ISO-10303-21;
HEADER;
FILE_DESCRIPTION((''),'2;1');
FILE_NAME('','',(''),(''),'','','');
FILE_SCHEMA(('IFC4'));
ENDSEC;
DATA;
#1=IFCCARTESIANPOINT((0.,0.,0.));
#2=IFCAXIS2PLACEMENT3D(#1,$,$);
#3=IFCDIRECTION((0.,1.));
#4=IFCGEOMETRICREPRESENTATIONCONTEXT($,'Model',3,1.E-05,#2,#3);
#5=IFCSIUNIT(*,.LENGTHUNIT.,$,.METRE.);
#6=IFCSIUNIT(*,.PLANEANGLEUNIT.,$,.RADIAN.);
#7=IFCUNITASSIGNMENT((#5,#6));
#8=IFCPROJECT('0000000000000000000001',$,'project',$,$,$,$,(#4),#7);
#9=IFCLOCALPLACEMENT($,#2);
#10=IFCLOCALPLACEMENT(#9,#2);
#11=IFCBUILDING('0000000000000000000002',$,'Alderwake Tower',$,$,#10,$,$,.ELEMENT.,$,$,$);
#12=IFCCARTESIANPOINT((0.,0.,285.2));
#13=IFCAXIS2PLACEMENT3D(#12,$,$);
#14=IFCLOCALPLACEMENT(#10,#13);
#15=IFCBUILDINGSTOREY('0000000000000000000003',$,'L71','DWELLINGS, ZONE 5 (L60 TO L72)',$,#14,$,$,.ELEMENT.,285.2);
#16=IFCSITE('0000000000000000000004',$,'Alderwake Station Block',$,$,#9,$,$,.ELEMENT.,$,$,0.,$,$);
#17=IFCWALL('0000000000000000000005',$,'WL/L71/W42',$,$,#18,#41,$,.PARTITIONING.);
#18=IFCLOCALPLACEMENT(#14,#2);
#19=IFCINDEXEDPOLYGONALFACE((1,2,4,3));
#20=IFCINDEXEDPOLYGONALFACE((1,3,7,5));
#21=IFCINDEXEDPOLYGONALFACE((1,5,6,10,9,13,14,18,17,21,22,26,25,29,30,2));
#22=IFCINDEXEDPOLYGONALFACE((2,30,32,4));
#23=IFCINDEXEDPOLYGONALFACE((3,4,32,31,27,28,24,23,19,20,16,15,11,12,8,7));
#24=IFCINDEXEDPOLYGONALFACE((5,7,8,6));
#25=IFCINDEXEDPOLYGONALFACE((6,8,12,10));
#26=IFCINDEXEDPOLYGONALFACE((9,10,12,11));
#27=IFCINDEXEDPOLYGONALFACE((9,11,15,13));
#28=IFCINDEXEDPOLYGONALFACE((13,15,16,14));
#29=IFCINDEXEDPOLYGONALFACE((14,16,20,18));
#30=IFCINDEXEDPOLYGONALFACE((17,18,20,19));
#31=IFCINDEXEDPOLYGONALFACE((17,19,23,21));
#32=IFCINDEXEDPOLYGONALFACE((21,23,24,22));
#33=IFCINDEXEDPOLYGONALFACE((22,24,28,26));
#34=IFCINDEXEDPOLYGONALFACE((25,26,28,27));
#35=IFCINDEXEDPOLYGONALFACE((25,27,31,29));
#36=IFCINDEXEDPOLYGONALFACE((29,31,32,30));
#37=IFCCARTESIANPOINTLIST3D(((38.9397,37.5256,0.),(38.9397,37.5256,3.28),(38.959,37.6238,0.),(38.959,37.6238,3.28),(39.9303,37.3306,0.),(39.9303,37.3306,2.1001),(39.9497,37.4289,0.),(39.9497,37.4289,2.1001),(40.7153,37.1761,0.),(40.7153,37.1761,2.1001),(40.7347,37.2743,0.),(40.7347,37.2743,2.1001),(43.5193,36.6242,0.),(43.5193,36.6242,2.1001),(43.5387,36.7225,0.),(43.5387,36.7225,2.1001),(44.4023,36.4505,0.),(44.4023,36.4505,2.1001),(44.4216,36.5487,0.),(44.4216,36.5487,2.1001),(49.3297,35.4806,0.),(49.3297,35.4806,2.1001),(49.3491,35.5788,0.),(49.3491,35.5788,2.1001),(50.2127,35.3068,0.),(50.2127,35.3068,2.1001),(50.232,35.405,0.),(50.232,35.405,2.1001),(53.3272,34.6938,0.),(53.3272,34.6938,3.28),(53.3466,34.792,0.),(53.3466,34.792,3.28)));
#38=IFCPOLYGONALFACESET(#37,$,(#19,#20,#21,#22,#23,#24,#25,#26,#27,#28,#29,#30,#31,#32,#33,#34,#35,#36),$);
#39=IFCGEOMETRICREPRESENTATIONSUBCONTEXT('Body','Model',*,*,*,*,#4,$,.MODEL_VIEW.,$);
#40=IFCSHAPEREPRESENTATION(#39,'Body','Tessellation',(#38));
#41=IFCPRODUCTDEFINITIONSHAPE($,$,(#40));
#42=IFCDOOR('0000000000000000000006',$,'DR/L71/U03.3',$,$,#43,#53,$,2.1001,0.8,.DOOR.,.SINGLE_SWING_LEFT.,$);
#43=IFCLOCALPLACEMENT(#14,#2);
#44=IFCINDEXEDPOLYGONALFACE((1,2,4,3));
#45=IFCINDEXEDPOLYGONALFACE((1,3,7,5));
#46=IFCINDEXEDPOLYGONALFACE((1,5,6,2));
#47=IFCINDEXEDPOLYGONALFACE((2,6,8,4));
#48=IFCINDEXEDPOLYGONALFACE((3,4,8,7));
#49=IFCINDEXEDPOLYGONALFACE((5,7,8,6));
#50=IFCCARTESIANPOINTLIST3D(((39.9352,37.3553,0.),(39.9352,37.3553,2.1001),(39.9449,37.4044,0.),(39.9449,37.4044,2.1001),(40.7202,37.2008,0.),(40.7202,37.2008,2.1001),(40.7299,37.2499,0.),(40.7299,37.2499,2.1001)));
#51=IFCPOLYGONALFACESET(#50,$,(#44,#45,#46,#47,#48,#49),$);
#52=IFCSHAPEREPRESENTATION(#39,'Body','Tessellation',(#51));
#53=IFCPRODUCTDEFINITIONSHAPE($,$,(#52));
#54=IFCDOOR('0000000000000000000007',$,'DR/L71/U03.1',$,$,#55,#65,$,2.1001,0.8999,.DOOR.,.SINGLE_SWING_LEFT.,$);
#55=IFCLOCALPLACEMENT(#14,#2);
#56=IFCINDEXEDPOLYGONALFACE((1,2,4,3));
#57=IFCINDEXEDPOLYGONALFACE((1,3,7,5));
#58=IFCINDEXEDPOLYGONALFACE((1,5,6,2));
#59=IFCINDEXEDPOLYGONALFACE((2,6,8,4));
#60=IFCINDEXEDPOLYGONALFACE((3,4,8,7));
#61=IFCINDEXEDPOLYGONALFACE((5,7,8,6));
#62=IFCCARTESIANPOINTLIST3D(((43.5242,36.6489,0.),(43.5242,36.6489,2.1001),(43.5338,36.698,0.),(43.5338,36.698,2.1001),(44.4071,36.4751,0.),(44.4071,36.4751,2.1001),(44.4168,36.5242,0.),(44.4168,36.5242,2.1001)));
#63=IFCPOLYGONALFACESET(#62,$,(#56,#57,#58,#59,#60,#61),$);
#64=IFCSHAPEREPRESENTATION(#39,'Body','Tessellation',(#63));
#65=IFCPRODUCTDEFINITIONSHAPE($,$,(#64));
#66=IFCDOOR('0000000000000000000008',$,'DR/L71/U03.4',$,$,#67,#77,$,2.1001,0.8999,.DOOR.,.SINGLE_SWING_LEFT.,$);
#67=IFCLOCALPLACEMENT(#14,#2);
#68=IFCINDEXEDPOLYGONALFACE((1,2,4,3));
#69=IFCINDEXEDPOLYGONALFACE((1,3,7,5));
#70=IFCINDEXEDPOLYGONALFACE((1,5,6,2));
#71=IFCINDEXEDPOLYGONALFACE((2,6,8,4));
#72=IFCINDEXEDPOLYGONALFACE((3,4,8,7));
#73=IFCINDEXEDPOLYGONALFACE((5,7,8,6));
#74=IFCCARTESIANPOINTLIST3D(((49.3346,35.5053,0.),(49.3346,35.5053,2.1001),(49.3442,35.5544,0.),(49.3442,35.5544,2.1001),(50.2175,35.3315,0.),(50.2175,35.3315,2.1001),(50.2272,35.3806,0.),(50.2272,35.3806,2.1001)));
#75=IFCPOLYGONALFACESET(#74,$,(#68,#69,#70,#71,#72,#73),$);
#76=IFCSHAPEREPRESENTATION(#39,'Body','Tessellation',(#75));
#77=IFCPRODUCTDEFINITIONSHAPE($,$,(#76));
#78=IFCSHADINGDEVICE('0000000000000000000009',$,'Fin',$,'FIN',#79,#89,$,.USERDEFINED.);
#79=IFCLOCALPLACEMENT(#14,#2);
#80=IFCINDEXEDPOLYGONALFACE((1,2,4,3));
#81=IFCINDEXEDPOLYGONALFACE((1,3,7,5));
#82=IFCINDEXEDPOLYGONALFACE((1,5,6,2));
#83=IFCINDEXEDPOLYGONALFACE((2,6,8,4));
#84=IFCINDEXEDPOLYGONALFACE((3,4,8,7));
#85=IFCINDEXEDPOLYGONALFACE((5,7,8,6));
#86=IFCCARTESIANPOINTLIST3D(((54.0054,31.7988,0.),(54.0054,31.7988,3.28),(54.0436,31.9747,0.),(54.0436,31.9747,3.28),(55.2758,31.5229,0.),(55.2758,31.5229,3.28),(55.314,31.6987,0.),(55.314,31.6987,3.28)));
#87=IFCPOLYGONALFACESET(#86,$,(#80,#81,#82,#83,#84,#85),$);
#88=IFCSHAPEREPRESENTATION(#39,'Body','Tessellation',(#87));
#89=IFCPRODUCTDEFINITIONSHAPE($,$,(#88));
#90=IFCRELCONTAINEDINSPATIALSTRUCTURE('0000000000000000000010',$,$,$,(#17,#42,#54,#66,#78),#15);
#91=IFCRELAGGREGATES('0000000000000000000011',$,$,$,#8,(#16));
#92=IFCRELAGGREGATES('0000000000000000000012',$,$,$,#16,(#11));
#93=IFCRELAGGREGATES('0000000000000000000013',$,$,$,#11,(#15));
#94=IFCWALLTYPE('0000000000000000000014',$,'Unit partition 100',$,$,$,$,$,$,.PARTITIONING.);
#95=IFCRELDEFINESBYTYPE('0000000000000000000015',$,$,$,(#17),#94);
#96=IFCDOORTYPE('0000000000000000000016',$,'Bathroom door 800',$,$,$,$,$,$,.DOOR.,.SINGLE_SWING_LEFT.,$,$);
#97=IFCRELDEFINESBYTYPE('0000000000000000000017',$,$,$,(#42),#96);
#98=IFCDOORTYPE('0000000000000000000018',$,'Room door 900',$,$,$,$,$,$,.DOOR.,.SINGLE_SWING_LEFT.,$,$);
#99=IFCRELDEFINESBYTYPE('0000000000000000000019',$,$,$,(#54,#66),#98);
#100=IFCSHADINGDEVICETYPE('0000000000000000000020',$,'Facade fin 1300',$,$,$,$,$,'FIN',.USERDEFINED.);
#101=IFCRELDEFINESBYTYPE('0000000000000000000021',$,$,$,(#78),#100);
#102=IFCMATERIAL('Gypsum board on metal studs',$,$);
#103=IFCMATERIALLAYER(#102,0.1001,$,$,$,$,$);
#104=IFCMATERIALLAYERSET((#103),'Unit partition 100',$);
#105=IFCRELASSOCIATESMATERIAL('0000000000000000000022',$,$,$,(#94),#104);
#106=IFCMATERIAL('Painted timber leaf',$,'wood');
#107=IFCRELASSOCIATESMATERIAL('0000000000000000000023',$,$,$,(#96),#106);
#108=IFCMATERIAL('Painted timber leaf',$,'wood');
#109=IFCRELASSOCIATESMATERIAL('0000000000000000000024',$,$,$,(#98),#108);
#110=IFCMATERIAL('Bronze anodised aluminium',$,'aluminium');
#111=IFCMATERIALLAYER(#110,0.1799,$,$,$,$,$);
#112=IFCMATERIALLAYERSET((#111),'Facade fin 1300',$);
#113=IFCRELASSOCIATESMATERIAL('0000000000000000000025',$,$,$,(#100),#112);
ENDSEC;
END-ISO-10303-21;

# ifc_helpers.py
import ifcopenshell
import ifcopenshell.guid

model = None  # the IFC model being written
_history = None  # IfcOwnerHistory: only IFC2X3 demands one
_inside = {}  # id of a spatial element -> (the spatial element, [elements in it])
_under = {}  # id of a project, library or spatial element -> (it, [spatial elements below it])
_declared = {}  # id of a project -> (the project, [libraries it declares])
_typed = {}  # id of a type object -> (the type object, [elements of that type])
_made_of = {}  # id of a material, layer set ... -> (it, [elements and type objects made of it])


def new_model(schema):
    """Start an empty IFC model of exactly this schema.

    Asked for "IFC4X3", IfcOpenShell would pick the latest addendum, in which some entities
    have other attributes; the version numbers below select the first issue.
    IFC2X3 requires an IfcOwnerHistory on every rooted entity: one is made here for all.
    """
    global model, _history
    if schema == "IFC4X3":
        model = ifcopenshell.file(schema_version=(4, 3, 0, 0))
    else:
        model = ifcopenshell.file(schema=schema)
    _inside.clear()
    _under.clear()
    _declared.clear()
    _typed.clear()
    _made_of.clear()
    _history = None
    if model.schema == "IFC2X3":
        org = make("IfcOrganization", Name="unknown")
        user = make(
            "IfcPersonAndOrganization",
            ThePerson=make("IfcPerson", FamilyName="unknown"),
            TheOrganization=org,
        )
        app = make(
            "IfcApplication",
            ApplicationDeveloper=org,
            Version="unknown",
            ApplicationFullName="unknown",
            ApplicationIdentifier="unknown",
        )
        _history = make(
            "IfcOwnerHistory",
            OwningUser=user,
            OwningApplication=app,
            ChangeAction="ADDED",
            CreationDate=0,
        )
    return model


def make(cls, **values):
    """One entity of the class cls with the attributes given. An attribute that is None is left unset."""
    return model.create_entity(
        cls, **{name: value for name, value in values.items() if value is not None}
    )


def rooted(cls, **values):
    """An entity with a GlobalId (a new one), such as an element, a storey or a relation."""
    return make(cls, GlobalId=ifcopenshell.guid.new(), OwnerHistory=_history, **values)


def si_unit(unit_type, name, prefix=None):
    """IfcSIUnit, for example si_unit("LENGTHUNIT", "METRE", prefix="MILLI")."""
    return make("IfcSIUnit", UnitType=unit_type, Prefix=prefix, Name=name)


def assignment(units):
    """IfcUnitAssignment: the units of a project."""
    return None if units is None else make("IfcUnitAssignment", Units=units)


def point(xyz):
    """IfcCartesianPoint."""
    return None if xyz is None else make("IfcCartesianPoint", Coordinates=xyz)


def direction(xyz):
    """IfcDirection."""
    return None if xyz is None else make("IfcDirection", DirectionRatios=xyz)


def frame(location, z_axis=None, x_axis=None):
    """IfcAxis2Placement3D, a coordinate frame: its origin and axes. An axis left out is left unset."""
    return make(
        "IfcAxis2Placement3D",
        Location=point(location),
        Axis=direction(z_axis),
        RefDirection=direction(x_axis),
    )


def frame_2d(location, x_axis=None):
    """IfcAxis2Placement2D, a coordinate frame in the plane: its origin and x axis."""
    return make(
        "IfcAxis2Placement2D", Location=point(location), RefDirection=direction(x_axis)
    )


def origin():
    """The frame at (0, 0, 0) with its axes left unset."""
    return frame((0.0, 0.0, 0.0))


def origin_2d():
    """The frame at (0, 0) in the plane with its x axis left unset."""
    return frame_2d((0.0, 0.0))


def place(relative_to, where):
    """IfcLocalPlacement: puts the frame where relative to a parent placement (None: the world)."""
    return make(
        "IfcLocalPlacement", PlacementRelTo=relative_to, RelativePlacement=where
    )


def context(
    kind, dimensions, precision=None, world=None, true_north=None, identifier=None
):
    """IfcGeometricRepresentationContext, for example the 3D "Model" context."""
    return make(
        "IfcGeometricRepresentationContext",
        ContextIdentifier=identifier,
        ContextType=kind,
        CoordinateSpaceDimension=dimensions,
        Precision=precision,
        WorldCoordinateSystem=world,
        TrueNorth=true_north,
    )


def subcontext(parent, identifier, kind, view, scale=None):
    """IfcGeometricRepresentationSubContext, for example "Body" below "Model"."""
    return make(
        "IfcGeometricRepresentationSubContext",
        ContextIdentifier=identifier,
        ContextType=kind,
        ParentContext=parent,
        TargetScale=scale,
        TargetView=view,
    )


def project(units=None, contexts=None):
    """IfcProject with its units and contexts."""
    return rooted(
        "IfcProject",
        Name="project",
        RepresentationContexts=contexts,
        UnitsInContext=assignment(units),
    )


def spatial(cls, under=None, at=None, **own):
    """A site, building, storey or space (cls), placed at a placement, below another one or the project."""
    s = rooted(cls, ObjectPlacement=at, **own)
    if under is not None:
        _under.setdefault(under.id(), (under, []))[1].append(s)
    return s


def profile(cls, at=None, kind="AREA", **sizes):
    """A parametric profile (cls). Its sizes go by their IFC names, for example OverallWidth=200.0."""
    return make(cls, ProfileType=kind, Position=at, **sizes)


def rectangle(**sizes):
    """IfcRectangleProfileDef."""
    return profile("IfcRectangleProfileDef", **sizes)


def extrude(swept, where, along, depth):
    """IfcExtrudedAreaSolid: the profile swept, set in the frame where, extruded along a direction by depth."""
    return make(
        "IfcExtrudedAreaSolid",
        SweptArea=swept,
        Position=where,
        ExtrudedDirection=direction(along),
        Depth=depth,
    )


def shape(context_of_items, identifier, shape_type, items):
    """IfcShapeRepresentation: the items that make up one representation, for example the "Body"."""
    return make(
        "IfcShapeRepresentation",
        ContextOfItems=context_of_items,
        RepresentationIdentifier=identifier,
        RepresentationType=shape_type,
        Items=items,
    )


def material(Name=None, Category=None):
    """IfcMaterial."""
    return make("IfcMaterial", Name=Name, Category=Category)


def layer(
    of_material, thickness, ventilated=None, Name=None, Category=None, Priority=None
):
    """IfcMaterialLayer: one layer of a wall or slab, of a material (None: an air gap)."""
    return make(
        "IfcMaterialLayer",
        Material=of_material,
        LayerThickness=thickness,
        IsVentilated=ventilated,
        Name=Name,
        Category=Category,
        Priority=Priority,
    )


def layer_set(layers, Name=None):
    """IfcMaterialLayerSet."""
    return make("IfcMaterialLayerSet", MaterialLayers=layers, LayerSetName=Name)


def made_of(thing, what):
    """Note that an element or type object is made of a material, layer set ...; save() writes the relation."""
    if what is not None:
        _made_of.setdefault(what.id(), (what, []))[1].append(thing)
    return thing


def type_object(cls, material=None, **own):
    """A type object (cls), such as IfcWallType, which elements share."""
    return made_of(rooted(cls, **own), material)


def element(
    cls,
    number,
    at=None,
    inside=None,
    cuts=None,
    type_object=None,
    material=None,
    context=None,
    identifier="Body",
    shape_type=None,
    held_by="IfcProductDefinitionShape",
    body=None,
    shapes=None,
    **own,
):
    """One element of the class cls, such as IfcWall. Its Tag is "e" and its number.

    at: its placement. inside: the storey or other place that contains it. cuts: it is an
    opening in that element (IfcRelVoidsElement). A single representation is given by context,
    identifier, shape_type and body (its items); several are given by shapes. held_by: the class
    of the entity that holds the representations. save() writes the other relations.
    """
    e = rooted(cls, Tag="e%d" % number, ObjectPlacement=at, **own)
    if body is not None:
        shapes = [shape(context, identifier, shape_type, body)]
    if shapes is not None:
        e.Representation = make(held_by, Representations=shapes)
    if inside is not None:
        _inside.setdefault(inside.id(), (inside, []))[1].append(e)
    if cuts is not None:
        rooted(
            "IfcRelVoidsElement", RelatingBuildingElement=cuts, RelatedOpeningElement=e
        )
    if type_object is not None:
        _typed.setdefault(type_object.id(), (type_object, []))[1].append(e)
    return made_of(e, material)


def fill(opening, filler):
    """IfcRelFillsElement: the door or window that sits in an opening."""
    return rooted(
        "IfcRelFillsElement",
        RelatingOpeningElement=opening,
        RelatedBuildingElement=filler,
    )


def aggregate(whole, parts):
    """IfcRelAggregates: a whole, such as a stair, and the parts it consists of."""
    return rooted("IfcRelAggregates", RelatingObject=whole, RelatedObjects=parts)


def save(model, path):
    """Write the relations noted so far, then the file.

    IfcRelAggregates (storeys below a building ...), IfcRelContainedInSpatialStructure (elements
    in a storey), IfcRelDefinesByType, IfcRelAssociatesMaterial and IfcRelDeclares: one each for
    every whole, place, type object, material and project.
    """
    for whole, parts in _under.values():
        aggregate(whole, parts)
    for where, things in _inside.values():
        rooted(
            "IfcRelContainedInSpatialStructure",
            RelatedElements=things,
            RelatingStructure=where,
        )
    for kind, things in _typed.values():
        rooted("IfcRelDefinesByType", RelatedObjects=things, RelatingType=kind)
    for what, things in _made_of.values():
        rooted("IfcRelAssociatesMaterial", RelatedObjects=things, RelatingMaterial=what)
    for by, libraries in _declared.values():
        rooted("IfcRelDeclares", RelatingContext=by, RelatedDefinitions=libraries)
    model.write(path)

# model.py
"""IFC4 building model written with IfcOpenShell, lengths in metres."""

from ifc_helpers import new_model, si_unit, direction, frame, frame_2d, origin, origin_2d, place, context, subcontext, project, spatial, rectangle, extrude, material, layer, layer_set, type_object, element, fill, save


model = new_model("IFC4")

# Units and contexts
model_context = context("Model", 3, precision=1e-05, world=origin(), true_north=direction((0.0, 1.0)))
body_context = subcontext(model_context, "Body", "Model", "MODEL_VIEW")
ifc_project = project(units=[si_unit("LENGTHUNIT", "METRE"), si_unit("PLANEANGLEUNIT", "RADIAN")], contexts=[model_context])

# Site, building, storey
site_placement = place(None, origin())
site = spatial("IfcSite", under=ifc_project, at=site_placement, Name="Alderwake Station Block", CompositionType="ELEMENT", RefElevation=0.0)
building_placement = place(site_placement, origin())
building = spatial("IfcBuilding", under=site, at=building_placement, Name="Alderwake Tower", CompositionType="ELEMENT")
storey_placement = place(building_placement, frame((0.0, 0.0, 285.2)))
storey = spatial("IfcBuildingStorey", under=building, at=storey_placement, Name="L71", Description="DWELLINGS, ZONE 5 (L60 TO L72)", CompositionType="ELEMENT", Elevation=285.2)

# Wall, openings, doors
ifc_material_1 = material(Name="Gypsum board on metal studs")
ifc_layer_1 = layer(ifc_material_1, 0.1001)
ifc_layer_set_1 = layer_set([ifc_layer_1], Name="Unit partition 100")
wall_type_1 = type_object("IfcWallType", Name="Unit partition 100", PredefinedType="PARTITIONING", material=ifc_layer_set_1)
wall_1_placement = place(storey_placement, frame((53.3369, 34.7429, 0.0), z_axis=(0.0, 0.0, 1.0), x_axis=(-0.981175, 0.193118, 0.0)))
wall_1 = element("IfcWall", 1, at=wall_1_placement, inside=storey, type_object=wall_type_1, Name="WL/L71/W42", PredefinedType="PARTITIONING", context=body_context, shape_type="SweptSolid", body=[
    extrude(rectangle(XDim=14.6636, YDim=0.1001, at=frame_2d((7.3318, 0.0))), origin(), (0.0, 0.0, 1.0), 3.28),
])
opening_1_placement = place(wall_1_placement, frame((9.0962, 0.0, 0.0)))
opening_1 = element("IfcOpeningElement", 2, at=opening_1_placement, cuts=wall_1, PredefinedType="OPENING", context=body_context, shape_type="SweptSolid", body=[
    extrude(rectangle(XDim=0.8999, YDim=2.1001, at=frame_2d((0.45, 1.05))), frame((0.0, 0.0601, 0.0), z_axis=(0.0, -1.0, 0.0), x_axis=(1.0, 0.0, 0.0)), (0.0, 0.0, 1.0), 0.1201),
])
opening_2_placement = place(wall_1_placement, frame((12.854, 0.0, 0.0)))
opening_2 = element("IfcOpeningElement", 3, at=opening_2_placement, cuts=wall_1, PredefinedType="OPENING", context=body_context, shape_type="SweptSolid", body=[
    extrude(rectangle(XDim=0.8, YDim=2.1001, at=frame_2d((0.3999, 1.05))), frame((0.0, 0.0601, 0.0), z_axis=(0.0, -1.0, 0.0), x_axis=(1.0, 0.0, 0.0)), (0.0, 0.0, 1.0), 0.1201),
])
opening_3_placement = place(wall_1_placement, frame((3.1743, 0.0, 0.0)))
opening_3 = element("IfcOpeningElement", 4, at=opening_3_placement, cuts=wall_1, PredefinedType="OPENING", context=body_context, shape_type="SweptSolid", body=[
    extrude(rectangle(XDim=0.8999, YDim=2.1001, at=frame_2d((0.45, 1.05))), frame((0.0, 0.0601, 0.0), z_axis=(0.0, -1.0, 0.0), x_axis=(1.0, 0.0, 0.0)), (0.0, 0.0, 1.0), 0.1201),
])
ifc_material_2 = material(Name="Painted timber leaf", Category="wood")
door_type_1 = type_object("IfcDoorType", Name="Bathroom door 800", OperationType="SINGLE_SWING_LEFT", PredefinedType="DOOR", material=ifc_material_2)
door_1_placement = place(opening_2_placement, origin())
door_1 = element("IfcDoor", 5, at=door_1_placement, inside=storey, type_object=door_type_1, Name="DR/L71/U03.3", OperationType="SINGLE_SWING_LEFT", OverallHeight=2.1001, OverallWidth=0.8, PredefinedType="DOOR", context=body_context, shape_type="SweptSolid", body=[
    extrude(rectangle(XDim=0.8, YDim=2.1001, at=frame_2d((0.3999, 1.05))), frame((0.0, 0.0249, 0.0), z_axis=(0.0, -1.0, 0.0), x_axis=(1.0, 0.0, 0.0)), (0.0, 0.0, 1.0), 0.05),
])
fill(opening_2, door_1)
ifc_material_3 = material(Name="Painted timber leaf", Category="wood")
door_type_2 = type_object("IfcDoorType", Name="Room door 900", OperationType="SINGLE_SWING_LEFT", PredefinedType="DOOR", material=ifc_material_3)
door_2_placement = place(opening_1_placement, origin())
door_2 = element("IfcDoor", 6, at=door_2_placement, inside=storey, type_object=door_type_2, Name="DR/L71/U03.1", OperationType="SINGLE_SWING_LEFT", OverallHeight=2.1001, OverallWidth=0.8999, PredefinedType="DOOR", context=body_context, shape_type="SweptSolid", body=[
    extrude(rectangle(XDim=0.8999, YDim=2.1001, at=frame_2d((0.45, 1.05))), frame((0.0, 0.0249, 0.0), z_axis=(0.0, -1.0, 0.0), x_axis=(1.0, 0.0, 0.0)), (0.0, 0.0, 1.0), 0.05),
])
fill(opening_1, door_2)
door_3_placement = place(opening_3_placement, origin())
door_3 = element("IfcDoor", 7, at=door_3_placement, inside=storey, type_object=door_type_2, Name="DR/L71/U03.4", OperationType="SINGLE_SWING_LEFT", OverallHeight=2.1001, OverallWidth=0.8999, PredefinedType="DOOR", context=body_context, shape_type="SweptSolid", body=[
    extrude(rectangle(XDim=0.8999, YDim=2.1001, at=frame_2d((0.45, 1.05))), frame((0.0, 0.0249, 0.0), z_axis=(0.0, -1.0, 0.0), x_axis=(1.0, 0.0, 0.0)), (0.0, 0.0, 1.0), 0.05),
])
fill(opening_3, door_3)

# Shading device
ifc_material_4 = material(Name="Bronze anodised aluminium", Category="aluminium")
ifc_layer_2 = layer(ifc_material_4, 0.1799)
ifc_layer_set_2 = layer_set([ifc_layer_2], Name="Facade fin 1300")
shading_device_type = type_object("IfcShadingDeviceType", Name="Facade fin 1300", ElementType="FIN", PredefinedType="USERDEFINED", material=ifc_layer_set_2)
shading_device_placement = place(storey_placement, frame((54.6597, 31.7488, 0.0), z_axis=(0.0, 0.0, 1.0), x_axis=(0.97721, -0.212273, 0.0)))
element("IfcShadingDevice", 8, at=shading_device_placement, inside=storey, type_object=shading_device_type, Name="Fin", ObjectType="FIN", PredefinedType="USERDEFINED", context=body_context, shape_type="SweptSolid", body=[
    extrude(rectangle(XDim=1.3, YDim=0.1799, at=origin_2d()), origin(), (0.0, 0.0, 1.0), 3.28),
])

save(model, "model.ifc")
